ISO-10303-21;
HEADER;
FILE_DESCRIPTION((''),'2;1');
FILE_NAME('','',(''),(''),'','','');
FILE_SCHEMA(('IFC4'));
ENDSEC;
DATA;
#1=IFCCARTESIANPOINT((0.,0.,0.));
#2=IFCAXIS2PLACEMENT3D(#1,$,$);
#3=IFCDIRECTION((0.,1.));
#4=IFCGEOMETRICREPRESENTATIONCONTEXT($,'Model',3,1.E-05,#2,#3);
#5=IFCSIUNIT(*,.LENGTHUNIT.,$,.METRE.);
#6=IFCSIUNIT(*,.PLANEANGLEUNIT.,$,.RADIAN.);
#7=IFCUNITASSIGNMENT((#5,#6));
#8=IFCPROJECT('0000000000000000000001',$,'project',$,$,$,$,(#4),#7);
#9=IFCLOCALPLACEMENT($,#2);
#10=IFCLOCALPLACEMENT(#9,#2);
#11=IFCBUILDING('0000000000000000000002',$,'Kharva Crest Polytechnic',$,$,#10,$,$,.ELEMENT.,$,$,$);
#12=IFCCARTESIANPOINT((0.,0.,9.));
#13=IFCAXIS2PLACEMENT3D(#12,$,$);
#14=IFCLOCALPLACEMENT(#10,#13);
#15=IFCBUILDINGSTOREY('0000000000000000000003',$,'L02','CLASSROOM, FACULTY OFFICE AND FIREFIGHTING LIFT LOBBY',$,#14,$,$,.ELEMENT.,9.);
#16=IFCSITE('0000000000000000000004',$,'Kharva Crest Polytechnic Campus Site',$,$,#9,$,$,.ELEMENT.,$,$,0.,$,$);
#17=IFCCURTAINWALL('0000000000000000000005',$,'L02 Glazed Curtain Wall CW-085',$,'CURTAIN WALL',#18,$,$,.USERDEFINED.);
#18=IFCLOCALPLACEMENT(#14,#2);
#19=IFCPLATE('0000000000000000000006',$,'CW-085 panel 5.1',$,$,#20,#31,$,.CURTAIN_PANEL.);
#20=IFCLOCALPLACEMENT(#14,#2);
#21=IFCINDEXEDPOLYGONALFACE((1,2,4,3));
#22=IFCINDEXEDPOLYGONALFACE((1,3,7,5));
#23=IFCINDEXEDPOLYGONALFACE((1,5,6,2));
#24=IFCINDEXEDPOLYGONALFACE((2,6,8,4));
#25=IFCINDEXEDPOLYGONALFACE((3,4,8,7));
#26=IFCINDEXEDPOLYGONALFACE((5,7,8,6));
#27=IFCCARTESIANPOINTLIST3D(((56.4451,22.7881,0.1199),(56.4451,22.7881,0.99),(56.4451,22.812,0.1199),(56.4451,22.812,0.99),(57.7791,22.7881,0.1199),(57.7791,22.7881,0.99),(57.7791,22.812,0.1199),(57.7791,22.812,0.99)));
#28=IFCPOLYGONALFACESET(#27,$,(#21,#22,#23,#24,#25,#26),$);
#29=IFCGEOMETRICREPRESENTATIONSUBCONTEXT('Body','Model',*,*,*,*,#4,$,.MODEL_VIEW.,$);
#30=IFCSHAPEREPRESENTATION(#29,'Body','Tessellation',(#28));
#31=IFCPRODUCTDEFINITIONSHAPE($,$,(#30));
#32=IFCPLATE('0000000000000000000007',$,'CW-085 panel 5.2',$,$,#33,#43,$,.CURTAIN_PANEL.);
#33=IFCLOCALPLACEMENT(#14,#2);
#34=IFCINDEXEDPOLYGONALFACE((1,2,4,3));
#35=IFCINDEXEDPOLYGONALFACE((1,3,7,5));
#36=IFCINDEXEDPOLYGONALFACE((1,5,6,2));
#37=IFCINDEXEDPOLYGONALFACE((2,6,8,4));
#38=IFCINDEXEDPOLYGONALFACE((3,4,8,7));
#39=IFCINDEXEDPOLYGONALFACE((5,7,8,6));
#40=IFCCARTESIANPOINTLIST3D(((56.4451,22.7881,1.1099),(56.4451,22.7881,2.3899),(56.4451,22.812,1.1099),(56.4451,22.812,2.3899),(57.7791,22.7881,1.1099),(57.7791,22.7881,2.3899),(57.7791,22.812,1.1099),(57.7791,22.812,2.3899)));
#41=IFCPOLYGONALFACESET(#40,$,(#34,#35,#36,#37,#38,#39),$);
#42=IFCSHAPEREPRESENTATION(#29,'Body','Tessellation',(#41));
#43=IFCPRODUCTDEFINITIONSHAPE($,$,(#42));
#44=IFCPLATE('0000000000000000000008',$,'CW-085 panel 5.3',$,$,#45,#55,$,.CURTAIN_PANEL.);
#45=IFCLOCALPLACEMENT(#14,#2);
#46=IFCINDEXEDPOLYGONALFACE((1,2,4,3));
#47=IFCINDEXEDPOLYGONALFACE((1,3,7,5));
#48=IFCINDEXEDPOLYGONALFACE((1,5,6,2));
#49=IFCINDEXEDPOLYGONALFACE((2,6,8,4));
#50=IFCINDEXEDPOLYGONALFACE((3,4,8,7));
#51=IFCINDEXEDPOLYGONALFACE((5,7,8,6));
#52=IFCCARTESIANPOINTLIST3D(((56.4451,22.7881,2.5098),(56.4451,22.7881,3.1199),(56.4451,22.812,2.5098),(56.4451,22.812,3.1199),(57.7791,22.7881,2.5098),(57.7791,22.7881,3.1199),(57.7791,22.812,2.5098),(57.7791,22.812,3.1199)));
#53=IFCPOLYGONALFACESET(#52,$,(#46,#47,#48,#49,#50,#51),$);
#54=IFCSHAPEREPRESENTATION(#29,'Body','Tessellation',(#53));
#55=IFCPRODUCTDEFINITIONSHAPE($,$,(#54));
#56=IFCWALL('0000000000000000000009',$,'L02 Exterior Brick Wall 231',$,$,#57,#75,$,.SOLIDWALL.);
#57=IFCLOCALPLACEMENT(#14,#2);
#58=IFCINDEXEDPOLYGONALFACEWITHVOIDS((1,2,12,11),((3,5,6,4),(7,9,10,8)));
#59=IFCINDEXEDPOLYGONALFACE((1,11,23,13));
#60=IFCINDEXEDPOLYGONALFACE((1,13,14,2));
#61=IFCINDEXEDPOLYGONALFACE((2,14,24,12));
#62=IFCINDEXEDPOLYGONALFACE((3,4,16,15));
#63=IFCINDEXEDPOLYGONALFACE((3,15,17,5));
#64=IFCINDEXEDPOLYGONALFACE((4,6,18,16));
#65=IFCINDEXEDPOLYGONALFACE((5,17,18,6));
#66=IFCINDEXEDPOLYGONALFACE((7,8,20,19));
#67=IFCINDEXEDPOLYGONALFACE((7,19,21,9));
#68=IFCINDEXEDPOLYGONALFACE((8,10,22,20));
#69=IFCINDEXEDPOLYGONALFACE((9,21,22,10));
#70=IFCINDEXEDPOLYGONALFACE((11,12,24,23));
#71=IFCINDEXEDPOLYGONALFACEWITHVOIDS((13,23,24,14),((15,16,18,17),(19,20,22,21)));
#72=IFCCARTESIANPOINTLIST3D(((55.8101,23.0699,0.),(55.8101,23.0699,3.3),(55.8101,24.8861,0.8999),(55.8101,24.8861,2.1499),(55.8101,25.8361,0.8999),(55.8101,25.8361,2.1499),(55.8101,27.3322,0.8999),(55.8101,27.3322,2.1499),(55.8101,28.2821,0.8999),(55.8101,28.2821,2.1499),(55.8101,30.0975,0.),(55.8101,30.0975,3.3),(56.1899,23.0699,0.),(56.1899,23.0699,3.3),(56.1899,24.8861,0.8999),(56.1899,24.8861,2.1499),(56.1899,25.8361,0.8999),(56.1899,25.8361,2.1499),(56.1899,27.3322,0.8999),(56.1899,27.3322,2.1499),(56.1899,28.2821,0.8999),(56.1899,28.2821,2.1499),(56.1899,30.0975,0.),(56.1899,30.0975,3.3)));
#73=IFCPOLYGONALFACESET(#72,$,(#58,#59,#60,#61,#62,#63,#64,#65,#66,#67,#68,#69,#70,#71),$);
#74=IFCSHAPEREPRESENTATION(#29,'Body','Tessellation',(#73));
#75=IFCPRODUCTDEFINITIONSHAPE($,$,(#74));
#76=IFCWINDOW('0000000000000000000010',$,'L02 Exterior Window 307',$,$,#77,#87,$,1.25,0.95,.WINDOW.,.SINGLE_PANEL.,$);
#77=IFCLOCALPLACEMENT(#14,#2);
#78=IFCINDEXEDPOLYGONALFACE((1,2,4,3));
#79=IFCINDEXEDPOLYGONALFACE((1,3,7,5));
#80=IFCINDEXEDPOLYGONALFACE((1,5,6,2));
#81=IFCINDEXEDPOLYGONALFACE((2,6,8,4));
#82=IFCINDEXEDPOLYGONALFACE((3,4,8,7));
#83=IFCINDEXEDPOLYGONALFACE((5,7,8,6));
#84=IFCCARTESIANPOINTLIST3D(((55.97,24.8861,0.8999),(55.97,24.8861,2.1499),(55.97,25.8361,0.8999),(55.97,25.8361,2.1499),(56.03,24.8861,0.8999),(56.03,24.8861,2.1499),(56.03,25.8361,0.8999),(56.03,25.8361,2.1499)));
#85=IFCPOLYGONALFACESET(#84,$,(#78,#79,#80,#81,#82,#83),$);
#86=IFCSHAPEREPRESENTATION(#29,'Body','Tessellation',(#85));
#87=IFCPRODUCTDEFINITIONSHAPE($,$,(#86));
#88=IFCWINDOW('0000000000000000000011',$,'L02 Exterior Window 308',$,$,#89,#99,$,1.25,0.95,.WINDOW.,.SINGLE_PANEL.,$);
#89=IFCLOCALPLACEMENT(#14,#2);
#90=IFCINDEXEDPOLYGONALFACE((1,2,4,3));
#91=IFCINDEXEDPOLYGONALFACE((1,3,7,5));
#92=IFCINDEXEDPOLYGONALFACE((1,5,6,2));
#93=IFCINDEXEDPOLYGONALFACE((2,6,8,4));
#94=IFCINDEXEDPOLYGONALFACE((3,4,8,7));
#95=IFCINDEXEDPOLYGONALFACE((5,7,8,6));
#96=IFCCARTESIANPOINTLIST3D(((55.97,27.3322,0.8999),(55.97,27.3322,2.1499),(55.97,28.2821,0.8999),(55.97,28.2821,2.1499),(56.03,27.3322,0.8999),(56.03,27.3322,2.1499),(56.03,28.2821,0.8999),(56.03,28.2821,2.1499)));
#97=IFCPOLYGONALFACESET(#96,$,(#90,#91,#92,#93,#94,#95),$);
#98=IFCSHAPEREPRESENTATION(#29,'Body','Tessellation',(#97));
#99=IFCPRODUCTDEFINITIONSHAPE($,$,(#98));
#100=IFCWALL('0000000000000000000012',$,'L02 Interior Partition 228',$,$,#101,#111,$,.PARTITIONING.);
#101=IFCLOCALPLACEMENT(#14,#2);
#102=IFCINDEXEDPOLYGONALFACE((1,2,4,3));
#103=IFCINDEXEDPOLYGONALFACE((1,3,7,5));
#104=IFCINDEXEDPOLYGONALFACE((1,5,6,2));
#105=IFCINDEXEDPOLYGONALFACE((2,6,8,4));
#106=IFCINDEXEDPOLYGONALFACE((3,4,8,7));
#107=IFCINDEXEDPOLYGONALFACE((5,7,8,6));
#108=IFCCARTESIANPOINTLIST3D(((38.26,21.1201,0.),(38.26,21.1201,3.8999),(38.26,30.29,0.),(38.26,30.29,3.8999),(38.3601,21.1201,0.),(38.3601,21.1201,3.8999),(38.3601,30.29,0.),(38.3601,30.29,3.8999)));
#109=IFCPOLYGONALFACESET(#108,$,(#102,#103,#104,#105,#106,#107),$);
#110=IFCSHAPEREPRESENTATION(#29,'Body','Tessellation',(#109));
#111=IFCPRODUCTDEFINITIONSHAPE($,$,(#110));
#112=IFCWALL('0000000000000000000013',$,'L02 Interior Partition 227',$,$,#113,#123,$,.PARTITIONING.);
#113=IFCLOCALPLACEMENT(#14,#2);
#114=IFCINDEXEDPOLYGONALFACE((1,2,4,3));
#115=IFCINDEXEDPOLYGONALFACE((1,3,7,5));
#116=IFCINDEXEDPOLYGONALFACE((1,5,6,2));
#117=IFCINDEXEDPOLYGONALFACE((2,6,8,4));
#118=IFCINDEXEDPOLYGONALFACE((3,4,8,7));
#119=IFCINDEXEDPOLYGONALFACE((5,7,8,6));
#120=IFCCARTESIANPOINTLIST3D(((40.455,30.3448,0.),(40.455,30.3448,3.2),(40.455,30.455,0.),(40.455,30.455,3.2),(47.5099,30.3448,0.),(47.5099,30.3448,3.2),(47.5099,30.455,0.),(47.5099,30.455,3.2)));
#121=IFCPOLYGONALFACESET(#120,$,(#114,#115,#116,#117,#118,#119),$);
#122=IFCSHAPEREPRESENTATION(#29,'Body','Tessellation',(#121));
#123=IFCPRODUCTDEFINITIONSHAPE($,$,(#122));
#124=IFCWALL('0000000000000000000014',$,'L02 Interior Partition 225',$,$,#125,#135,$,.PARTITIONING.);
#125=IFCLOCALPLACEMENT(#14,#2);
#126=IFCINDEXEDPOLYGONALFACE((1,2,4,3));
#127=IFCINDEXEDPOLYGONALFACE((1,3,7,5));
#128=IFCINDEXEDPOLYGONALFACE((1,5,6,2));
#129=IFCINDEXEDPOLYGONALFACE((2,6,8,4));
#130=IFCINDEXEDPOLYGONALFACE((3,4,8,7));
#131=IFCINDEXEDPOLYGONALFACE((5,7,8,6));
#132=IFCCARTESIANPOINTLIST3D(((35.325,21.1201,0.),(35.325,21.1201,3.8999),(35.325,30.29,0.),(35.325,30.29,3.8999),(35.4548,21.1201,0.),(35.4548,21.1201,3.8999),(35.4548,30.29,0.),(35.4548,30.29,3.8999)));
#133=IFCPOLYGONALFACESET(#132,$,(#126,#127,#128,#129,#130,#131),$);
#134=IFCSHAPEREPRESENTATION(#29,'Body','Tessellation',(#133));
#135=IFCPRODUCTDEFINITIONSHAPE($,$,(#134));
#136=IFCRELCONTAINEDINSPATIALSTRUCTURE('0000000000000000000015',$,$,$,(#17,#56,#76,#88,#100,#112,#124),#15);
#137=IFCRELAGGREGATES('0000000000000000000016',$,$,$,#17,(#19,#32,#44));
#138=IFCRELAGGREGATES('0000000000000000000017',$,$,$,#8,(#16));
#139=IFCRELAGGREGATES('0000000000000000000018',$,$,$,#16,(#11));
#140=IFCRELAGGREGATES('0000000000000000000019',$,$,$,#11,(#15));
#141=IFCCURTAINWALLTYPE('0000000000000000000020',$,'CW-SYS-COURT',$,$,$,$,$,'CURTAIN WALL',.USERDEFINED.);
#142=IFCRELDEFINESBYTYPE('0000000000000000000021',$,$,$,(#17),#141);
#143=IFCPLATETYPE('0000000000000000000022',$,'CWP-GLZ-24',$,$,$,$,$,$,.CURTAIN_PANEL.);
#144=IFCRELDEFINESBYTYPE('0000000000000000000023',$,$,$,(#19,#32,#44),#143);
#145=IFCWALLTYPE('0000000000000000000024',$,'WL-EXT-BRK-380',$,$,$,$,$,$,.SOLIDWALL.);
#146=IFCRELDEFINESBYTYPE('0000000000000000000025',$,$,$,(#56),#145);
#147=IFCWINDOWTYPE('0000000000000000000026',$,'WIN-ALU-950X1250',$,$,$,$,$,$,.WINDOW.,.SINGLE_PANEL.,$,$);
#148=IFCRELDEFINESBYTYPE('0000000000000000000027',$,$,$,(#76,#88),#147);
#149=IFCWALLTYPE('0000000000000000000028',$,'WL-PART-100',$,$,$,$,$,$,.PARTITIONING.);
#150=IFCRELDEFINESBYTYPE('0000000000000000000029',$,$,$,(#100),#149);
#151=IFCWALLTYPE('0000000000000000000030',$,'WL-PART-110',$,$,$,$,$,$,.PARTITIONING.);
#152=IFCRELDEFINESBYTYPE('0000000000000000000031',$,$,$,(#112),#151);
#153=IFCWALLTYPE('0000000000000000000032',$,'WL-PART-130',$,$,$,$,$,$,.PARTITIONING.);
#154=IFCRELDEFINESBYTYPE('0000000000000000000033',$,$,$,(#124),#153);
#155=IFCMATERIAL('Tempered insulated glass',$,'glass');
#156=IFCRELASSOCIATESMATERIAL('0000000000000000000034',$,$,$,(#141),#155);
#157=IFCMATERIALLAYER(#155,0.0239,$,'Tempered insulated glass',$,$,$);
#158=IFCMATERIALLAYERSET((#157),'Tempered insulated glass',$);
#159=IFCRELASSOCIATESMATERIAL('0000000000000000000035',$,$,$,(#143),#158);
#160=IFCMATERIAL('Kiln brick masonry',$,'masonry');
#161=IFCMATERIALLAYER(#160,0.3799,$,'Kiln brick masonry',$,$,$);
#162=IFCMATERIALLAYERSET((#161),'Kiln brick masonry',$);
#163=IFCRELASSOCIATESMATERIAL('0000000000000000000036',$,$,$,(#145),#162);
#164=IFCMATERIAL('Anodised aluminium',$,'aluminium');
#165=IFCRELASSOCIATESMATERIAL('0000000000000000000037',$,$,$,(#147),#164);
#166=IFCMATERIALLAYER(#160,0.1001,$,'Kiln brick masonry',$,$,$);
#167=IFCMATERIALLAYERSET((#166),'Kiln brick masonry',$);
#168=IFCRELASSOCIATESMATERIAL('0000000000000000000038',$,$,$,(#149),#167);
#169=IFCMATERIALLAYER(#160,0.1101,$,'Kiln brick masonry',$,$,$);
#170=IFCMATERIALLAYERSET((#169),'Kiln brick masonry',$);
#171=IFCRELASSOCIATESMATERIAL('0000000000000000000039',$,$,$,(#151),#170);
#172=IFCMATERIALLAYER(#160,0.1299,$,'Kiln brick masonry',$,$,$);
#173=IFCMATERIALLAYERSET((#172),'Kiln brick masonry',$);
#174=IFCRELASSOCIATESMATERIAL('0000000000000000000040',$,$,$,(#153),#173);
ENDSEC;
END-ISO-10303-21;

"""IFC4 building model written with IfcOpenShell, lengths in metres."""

from ifc_helpers import new_model, si_unit, direction, frame, frame_2d, origin, origin_2d, place, context, subcontext, project, spatial, rectangle, extrude, material, layer, layer_set, type_object, element, fill, aggregate, save


model = new_model("IFC4")

# Units and contexts
model_context = context("Model", 3, precision=1e-05, world=origin(), true_north=direction((0.0, 1.0)))
body_context = subcontext(model_context, "Body", "Model", "MODEL_VIEW")
ifc_project = project(units=[si_unit("LENGTHUNIT", "METRE"), si_unit("PLANEANGLEUNIT", "RADIAN")], contexts=[model_context])

# Site, building, storey
site_placement = place(None, origin())
site = spatial("IfcSite", under=ifc_project, at=site_placement, Name="Kharva Crest Polytechnic Campus Site", CompositionType="ELEMENT", RefElevation=0.0)
building_placement = place(site_placement, origin())
building = spatial("IfcBuilding", under=site, at=building_placement, Name="Kharva Crest Polytechnic", CompositionType="ELEMENT")
storey_placement = place(building_placement, frame((0.0, 0.0, 9.0)))
storey = spatial("IfcBuildingStorey", under=building, at=storey_placement, Name="L02", Description="CLASSROOM, FACULTY OFFICE AND FIREFIGHTING LIFT LOBBY", CompositionType="ELEMENT", Elevation=9.0)

# Curtain wall
ifc_material_1 = material(Name="Tempered insulated glass", Category="glass")
curtain_wall_type = type_object("IfcCurtainWallType", Name="CW-SYS-COURT", ElementType="CURTAIN WALL", PredefinedType="USERDEFINED", material=ifc_material_1)
curtain_wall_placement = place(storey_placement, origin())
curtain_wall = element("IfcCurtainWall", 1, at=curtain_wall_placement, inside=storey, type_object=curtain_wall_type, Name="L02 Glazed Curtain Wall CW-085", ObjectType="CURTAIN WALL", PredefinedType="USERDEFINED")

# Plates
ifc_layer_1 = layer(ifc_material_1, 0.0239, Name="Tempered insulated glass")
ifc_layer_set_1 = layer_set([ifc_layer_1], Name="Tempered insulated glass")
plate_type = type_object("IfcPlateType", Name="CWP-GLZ-24", PredefinedType="CURTAIN_PANEL", material=ifc_layer_set_1)
plate_1_placement = place(storey_placement, frame((57.1121, 22.8, 0.1199), z_axis=(0.0, 0.0, 1.0), x_axis=(-1.0, 0.0, 0.0)))
plate_1 = element("IfcPlate", 2, at=plate_1_placement, type_object=plate_type, Name="CW-085 panel 5.1", PredefinedType="CURTAIN_PANEL", context=body_context, shape_type="SweptSolid", body=[
    extrude(rectangle(XDim=1.334, YDim=0.0239, at=origin_2d()), origin(), (0.0, 0.0, 1.0), 0.8701),
])
plate_2_placement = place(storey_placement, frame((57.1121, 22.8, 1.1099), z_axis=(0.0, 0.0, 1.0), x_axis=(-1.0, 0.0, 0.0)))
plate_2 = element("IfcPlate", 3, at=plate_2_placement, type_object=plate_type, Name="CW-085 panel 5.2", PredefinedType="CURTAIN_PANEL", context=body_context, shape_type="SweptSolid", body=[
    extrude(rectangle(XDim=1.334, YDim=0.0239, at=origin_2d()), origin(), (0.0, 0.0, 1.0), 1.28),
])
plate_3_placement = place(storey_placement, frame((57.1121, 22.8, 2.5098), z_axis=(0.0, 0.0, 1.0), x_axis=(-1.0, 0.0, 0.0)))
plate_3 = element("IfcPlate", 4, at=plate_3_placement, type_object=plate_type, Name="CW-085 panel 5.3", PredefinedType="CURTAIN_PANEL", context=body_context, shape_type="SweptSolid", body=[
    extrude(rectangle(XDim=1.334, YDim=0.0239, at=origin_2d()), origin(), (0.0, 0.0, 1.0), 0.6101),
])
aggregate(curtain_wall, [plate_1, plate_2, plate_3])

# Wall, openings, windows
ifc_material_2 = material(Name="Kiln brick masonry", Category="masonry")
ifc_layer_2 = layer(ifc_material_2, 0.3799, Name="Kiln brick masonry")
ifc_layer_set_2 = layer_set([ifc_layer_2], Name="Kiln brick masonry")
wall_type_1 = type_object("IfcWallType", Name="WL-EXT-BRK-380", PredefinedType="SOLIDWALL", material=ifc_layer_set_2)
wall_1_placement = place(storey_placement, frame((56.0, 23.0701, 0.0), z_axis=(0.0, 0.0, 1.0), x_axis=(0.0, 1.0, 0.0)))
wall_1 = element("IfcWall", 5, at=wall_1_placement, inside=storey, type_object=wall_type_1, Name="L02 Exterior Brick Wall 231", PredefinedType="SOLIDWALL", context=body_context, shape_type="SweptSolid", body=[
    extrude(rectangle(XDim=7.0276, YDim=0.3799, at=frame_2d((3.5137, 0.0))), origin(), (0.0, 0.0, 1.0), 3.3),
])
opening_1_placement = place(wall_1_placement, frame((1.8159, 0.0, 0.8999)))
opening_1 = element("IfcOpeningElement", 6, at=opening_1_placement, cuts=wall_1, PredefinedType="OPENING", context=body_context, shape_type="SweptSolid", body=[
    extrude(rectangle(XDim=0.95, YDim=1.25, at=frame_2d((0.4751, 0.625))), frame((0.0, 0.2, 0.0), z_axis=(0.0, -1.0, 0.0), x_axis=(1.0, 0.0, 0.0)), (0.0, 0.0, 1.0), 0.3999),
])
opening_2_placement = place(wall_1_placement, frame((4.262, 0.0, 0.8999)))
opening_2 = element("IfcOpeningElement", 7, at=opening_2_placement, cuts=wall_1, PredefinedType="OPENING", context=body_context, shape_type="SweptSolid", body=[
    extrude(rectangle(XDim=0.95, YDim=1.25, at=frame_2d((0.4751, 0.625))), frame((0.0, 0.2, 0.0), z_axis=(0.0, -1.0, 0.0), x_axis=(1.0, 0.0, 0.0)), (0.0, 0.0, 1.0), 0.3999),
])
ifc_material_3 = material(Name="Anodised aluminium", Category="aluminium")
window_type = type_object("IfcWindowType", Name="WIN-ALU-950X1250", PartitioningType="SINGLE_PANEL", PredefinedType="WINDOW", material=ifc_material_3)
window_1_placement = place(opening_1_placement, origin())
window_1 = element("IfcWindow", 8, at=window_1_placement, inside=storey, type_object=window_type, Name="L02 Exterior Window 307", OverallHeight=1.25, OverallWidth=0.95, PartitioningType="SINGLE_PANEL", PredefinedType="WINDOW", context=body_context, shape_type="SweptSolid", body=[
    extrude(rectangle(XDim=0.95, YDim=1.25, at=frame_2d((0.4751, 0.625))), frame((0.0, 0.03, 0.0), z_axis=(0.0, -1.0, 0.0), x_axis=(1.0, 0.0, 0.0)), (0.0, 0.0, 1.0), 0.0601),
])
fill(opening_1, window_1)
window_2_placement = place(opening_2_placement, origin())
window_2 = element("IfcWindow", 9, at=window_2_placement, inside=storey, type_object=window_type, Name="L02 Exterior Window 308", OverallHeight=1.25, OverallWidth=0.95, PartitioningType="SINGLE_PANEL", PredefinedType="WINDOW", context=body_context, shape_type="SweptSolid", body=[
    extrude(rectangle(XDim=0.95, YDim=1.25, at=frame_2d((0.4751, 0.625))), frame((0.0, 0.03, 0.0), z_axis=(0.0, -1.0, 0.0), x_axis=(1.0, 0.0, 0.0)), (0.0, 0.0, 1.0), 0.0601),
])
fill(opening_2, window_2)

# Walls
ifc_layer_3 = layer(ifc_material_2, 0.1001, Name="Kiln brick masonry")
ifc_layer_set_3 = layer_set([ifc_layer_3], Name="Kiln brick masonry")
wall_type_2 = type_object("IfcWallType", Name="WL-PART-100", PredefinedType="PARTITIONING", material=ifc_layer_set_3)
wall_2_placement = place(storey_placement, frame((38.3101, 21.1201, 0.0), z_axis=(0.0, 0.0, 1.0), x_axis=(0.0, 1.0, 0.0)))
element("IfcWall", 10, at=wall_2_placement, inside=storey, type_object=wall_type_2, Name="L02 Interior Partition 228", PredefinedType="PARTITIONING", context=body_context, shape_type="SweptSolid", body=[
    extrude(rectangle(XDim=9.1699, YDim=0.1001, at=frame_2d((4.585, 0.0))), origin(), (0.0, 0.0, 1.0), 3.8999),
])
ifc_layer_4 = layer(ifc_material_2, 0.1101, Name="Kiln brick masonry")
ifc_layer_set_4 = layer_set([ifc_layer_4], Name="Kiln brick masonry")
wall_type_3 = type_object("IfcWallType", Name="WL-PART-110", PredefinedType="PARTITIONING", material=ifc_layer_set_4)
wall_3_placement = place(storey_placement, frame((40.4551, 30.3999, 0.0), z_axis=(0.0, 0.0, 1.0), x_axis=(1.0, 0.0, 0.0)))
element("IfcWall", 11, at=wall_3_placement, inside=storey, type_object=wall_type_3, Name="L02 Interior Partition 227", PredefinedType="PARTITIONING", context=body_context, shape_type="SweptSolid", body=[
    extrude(rectangle(XDim=7.0549, YDim=0.1101, at=frame_2d((3.5273, 0.0))), origin(), (0.0, 0.0, 1.0), 3.2),
])
ifc_layer_5 = layer(ifc_material_2, 0.1299, Name="Kiln brick masonry")
ifc_layer_set_5 = layer_set([ifc_layer_5], Name="Kiln brick masonry")
wall_type_4 = type_object("IfcWallType", Name="WL-PART-130", PredefinedType="PARTITIONING", material=ifc_layer_set_5)
wall_4_placement = place(storey_placement, frame((35.3899, 21.1201, 0.0), z_axis=(0.0, 0.0, 1.0), x_axis=(0.0, 1.0, 0.0)))
element("IfcWall", 12, at=wall_4_placement, inside=storey, type_object=wall_type_4, Name="L02 Interior Partition 225", PredefinedType="PARTITIONING", context=body_context, shape_type="SweptSolid", body=[
    extrude(rectangle(XDim=9.1699, YDim=0.1299, at=frame_2d((4.585, 0.0))), origin(), (0.0, 0.0, 1.0), 3.8999),
])

save(model, "model.ifc")
